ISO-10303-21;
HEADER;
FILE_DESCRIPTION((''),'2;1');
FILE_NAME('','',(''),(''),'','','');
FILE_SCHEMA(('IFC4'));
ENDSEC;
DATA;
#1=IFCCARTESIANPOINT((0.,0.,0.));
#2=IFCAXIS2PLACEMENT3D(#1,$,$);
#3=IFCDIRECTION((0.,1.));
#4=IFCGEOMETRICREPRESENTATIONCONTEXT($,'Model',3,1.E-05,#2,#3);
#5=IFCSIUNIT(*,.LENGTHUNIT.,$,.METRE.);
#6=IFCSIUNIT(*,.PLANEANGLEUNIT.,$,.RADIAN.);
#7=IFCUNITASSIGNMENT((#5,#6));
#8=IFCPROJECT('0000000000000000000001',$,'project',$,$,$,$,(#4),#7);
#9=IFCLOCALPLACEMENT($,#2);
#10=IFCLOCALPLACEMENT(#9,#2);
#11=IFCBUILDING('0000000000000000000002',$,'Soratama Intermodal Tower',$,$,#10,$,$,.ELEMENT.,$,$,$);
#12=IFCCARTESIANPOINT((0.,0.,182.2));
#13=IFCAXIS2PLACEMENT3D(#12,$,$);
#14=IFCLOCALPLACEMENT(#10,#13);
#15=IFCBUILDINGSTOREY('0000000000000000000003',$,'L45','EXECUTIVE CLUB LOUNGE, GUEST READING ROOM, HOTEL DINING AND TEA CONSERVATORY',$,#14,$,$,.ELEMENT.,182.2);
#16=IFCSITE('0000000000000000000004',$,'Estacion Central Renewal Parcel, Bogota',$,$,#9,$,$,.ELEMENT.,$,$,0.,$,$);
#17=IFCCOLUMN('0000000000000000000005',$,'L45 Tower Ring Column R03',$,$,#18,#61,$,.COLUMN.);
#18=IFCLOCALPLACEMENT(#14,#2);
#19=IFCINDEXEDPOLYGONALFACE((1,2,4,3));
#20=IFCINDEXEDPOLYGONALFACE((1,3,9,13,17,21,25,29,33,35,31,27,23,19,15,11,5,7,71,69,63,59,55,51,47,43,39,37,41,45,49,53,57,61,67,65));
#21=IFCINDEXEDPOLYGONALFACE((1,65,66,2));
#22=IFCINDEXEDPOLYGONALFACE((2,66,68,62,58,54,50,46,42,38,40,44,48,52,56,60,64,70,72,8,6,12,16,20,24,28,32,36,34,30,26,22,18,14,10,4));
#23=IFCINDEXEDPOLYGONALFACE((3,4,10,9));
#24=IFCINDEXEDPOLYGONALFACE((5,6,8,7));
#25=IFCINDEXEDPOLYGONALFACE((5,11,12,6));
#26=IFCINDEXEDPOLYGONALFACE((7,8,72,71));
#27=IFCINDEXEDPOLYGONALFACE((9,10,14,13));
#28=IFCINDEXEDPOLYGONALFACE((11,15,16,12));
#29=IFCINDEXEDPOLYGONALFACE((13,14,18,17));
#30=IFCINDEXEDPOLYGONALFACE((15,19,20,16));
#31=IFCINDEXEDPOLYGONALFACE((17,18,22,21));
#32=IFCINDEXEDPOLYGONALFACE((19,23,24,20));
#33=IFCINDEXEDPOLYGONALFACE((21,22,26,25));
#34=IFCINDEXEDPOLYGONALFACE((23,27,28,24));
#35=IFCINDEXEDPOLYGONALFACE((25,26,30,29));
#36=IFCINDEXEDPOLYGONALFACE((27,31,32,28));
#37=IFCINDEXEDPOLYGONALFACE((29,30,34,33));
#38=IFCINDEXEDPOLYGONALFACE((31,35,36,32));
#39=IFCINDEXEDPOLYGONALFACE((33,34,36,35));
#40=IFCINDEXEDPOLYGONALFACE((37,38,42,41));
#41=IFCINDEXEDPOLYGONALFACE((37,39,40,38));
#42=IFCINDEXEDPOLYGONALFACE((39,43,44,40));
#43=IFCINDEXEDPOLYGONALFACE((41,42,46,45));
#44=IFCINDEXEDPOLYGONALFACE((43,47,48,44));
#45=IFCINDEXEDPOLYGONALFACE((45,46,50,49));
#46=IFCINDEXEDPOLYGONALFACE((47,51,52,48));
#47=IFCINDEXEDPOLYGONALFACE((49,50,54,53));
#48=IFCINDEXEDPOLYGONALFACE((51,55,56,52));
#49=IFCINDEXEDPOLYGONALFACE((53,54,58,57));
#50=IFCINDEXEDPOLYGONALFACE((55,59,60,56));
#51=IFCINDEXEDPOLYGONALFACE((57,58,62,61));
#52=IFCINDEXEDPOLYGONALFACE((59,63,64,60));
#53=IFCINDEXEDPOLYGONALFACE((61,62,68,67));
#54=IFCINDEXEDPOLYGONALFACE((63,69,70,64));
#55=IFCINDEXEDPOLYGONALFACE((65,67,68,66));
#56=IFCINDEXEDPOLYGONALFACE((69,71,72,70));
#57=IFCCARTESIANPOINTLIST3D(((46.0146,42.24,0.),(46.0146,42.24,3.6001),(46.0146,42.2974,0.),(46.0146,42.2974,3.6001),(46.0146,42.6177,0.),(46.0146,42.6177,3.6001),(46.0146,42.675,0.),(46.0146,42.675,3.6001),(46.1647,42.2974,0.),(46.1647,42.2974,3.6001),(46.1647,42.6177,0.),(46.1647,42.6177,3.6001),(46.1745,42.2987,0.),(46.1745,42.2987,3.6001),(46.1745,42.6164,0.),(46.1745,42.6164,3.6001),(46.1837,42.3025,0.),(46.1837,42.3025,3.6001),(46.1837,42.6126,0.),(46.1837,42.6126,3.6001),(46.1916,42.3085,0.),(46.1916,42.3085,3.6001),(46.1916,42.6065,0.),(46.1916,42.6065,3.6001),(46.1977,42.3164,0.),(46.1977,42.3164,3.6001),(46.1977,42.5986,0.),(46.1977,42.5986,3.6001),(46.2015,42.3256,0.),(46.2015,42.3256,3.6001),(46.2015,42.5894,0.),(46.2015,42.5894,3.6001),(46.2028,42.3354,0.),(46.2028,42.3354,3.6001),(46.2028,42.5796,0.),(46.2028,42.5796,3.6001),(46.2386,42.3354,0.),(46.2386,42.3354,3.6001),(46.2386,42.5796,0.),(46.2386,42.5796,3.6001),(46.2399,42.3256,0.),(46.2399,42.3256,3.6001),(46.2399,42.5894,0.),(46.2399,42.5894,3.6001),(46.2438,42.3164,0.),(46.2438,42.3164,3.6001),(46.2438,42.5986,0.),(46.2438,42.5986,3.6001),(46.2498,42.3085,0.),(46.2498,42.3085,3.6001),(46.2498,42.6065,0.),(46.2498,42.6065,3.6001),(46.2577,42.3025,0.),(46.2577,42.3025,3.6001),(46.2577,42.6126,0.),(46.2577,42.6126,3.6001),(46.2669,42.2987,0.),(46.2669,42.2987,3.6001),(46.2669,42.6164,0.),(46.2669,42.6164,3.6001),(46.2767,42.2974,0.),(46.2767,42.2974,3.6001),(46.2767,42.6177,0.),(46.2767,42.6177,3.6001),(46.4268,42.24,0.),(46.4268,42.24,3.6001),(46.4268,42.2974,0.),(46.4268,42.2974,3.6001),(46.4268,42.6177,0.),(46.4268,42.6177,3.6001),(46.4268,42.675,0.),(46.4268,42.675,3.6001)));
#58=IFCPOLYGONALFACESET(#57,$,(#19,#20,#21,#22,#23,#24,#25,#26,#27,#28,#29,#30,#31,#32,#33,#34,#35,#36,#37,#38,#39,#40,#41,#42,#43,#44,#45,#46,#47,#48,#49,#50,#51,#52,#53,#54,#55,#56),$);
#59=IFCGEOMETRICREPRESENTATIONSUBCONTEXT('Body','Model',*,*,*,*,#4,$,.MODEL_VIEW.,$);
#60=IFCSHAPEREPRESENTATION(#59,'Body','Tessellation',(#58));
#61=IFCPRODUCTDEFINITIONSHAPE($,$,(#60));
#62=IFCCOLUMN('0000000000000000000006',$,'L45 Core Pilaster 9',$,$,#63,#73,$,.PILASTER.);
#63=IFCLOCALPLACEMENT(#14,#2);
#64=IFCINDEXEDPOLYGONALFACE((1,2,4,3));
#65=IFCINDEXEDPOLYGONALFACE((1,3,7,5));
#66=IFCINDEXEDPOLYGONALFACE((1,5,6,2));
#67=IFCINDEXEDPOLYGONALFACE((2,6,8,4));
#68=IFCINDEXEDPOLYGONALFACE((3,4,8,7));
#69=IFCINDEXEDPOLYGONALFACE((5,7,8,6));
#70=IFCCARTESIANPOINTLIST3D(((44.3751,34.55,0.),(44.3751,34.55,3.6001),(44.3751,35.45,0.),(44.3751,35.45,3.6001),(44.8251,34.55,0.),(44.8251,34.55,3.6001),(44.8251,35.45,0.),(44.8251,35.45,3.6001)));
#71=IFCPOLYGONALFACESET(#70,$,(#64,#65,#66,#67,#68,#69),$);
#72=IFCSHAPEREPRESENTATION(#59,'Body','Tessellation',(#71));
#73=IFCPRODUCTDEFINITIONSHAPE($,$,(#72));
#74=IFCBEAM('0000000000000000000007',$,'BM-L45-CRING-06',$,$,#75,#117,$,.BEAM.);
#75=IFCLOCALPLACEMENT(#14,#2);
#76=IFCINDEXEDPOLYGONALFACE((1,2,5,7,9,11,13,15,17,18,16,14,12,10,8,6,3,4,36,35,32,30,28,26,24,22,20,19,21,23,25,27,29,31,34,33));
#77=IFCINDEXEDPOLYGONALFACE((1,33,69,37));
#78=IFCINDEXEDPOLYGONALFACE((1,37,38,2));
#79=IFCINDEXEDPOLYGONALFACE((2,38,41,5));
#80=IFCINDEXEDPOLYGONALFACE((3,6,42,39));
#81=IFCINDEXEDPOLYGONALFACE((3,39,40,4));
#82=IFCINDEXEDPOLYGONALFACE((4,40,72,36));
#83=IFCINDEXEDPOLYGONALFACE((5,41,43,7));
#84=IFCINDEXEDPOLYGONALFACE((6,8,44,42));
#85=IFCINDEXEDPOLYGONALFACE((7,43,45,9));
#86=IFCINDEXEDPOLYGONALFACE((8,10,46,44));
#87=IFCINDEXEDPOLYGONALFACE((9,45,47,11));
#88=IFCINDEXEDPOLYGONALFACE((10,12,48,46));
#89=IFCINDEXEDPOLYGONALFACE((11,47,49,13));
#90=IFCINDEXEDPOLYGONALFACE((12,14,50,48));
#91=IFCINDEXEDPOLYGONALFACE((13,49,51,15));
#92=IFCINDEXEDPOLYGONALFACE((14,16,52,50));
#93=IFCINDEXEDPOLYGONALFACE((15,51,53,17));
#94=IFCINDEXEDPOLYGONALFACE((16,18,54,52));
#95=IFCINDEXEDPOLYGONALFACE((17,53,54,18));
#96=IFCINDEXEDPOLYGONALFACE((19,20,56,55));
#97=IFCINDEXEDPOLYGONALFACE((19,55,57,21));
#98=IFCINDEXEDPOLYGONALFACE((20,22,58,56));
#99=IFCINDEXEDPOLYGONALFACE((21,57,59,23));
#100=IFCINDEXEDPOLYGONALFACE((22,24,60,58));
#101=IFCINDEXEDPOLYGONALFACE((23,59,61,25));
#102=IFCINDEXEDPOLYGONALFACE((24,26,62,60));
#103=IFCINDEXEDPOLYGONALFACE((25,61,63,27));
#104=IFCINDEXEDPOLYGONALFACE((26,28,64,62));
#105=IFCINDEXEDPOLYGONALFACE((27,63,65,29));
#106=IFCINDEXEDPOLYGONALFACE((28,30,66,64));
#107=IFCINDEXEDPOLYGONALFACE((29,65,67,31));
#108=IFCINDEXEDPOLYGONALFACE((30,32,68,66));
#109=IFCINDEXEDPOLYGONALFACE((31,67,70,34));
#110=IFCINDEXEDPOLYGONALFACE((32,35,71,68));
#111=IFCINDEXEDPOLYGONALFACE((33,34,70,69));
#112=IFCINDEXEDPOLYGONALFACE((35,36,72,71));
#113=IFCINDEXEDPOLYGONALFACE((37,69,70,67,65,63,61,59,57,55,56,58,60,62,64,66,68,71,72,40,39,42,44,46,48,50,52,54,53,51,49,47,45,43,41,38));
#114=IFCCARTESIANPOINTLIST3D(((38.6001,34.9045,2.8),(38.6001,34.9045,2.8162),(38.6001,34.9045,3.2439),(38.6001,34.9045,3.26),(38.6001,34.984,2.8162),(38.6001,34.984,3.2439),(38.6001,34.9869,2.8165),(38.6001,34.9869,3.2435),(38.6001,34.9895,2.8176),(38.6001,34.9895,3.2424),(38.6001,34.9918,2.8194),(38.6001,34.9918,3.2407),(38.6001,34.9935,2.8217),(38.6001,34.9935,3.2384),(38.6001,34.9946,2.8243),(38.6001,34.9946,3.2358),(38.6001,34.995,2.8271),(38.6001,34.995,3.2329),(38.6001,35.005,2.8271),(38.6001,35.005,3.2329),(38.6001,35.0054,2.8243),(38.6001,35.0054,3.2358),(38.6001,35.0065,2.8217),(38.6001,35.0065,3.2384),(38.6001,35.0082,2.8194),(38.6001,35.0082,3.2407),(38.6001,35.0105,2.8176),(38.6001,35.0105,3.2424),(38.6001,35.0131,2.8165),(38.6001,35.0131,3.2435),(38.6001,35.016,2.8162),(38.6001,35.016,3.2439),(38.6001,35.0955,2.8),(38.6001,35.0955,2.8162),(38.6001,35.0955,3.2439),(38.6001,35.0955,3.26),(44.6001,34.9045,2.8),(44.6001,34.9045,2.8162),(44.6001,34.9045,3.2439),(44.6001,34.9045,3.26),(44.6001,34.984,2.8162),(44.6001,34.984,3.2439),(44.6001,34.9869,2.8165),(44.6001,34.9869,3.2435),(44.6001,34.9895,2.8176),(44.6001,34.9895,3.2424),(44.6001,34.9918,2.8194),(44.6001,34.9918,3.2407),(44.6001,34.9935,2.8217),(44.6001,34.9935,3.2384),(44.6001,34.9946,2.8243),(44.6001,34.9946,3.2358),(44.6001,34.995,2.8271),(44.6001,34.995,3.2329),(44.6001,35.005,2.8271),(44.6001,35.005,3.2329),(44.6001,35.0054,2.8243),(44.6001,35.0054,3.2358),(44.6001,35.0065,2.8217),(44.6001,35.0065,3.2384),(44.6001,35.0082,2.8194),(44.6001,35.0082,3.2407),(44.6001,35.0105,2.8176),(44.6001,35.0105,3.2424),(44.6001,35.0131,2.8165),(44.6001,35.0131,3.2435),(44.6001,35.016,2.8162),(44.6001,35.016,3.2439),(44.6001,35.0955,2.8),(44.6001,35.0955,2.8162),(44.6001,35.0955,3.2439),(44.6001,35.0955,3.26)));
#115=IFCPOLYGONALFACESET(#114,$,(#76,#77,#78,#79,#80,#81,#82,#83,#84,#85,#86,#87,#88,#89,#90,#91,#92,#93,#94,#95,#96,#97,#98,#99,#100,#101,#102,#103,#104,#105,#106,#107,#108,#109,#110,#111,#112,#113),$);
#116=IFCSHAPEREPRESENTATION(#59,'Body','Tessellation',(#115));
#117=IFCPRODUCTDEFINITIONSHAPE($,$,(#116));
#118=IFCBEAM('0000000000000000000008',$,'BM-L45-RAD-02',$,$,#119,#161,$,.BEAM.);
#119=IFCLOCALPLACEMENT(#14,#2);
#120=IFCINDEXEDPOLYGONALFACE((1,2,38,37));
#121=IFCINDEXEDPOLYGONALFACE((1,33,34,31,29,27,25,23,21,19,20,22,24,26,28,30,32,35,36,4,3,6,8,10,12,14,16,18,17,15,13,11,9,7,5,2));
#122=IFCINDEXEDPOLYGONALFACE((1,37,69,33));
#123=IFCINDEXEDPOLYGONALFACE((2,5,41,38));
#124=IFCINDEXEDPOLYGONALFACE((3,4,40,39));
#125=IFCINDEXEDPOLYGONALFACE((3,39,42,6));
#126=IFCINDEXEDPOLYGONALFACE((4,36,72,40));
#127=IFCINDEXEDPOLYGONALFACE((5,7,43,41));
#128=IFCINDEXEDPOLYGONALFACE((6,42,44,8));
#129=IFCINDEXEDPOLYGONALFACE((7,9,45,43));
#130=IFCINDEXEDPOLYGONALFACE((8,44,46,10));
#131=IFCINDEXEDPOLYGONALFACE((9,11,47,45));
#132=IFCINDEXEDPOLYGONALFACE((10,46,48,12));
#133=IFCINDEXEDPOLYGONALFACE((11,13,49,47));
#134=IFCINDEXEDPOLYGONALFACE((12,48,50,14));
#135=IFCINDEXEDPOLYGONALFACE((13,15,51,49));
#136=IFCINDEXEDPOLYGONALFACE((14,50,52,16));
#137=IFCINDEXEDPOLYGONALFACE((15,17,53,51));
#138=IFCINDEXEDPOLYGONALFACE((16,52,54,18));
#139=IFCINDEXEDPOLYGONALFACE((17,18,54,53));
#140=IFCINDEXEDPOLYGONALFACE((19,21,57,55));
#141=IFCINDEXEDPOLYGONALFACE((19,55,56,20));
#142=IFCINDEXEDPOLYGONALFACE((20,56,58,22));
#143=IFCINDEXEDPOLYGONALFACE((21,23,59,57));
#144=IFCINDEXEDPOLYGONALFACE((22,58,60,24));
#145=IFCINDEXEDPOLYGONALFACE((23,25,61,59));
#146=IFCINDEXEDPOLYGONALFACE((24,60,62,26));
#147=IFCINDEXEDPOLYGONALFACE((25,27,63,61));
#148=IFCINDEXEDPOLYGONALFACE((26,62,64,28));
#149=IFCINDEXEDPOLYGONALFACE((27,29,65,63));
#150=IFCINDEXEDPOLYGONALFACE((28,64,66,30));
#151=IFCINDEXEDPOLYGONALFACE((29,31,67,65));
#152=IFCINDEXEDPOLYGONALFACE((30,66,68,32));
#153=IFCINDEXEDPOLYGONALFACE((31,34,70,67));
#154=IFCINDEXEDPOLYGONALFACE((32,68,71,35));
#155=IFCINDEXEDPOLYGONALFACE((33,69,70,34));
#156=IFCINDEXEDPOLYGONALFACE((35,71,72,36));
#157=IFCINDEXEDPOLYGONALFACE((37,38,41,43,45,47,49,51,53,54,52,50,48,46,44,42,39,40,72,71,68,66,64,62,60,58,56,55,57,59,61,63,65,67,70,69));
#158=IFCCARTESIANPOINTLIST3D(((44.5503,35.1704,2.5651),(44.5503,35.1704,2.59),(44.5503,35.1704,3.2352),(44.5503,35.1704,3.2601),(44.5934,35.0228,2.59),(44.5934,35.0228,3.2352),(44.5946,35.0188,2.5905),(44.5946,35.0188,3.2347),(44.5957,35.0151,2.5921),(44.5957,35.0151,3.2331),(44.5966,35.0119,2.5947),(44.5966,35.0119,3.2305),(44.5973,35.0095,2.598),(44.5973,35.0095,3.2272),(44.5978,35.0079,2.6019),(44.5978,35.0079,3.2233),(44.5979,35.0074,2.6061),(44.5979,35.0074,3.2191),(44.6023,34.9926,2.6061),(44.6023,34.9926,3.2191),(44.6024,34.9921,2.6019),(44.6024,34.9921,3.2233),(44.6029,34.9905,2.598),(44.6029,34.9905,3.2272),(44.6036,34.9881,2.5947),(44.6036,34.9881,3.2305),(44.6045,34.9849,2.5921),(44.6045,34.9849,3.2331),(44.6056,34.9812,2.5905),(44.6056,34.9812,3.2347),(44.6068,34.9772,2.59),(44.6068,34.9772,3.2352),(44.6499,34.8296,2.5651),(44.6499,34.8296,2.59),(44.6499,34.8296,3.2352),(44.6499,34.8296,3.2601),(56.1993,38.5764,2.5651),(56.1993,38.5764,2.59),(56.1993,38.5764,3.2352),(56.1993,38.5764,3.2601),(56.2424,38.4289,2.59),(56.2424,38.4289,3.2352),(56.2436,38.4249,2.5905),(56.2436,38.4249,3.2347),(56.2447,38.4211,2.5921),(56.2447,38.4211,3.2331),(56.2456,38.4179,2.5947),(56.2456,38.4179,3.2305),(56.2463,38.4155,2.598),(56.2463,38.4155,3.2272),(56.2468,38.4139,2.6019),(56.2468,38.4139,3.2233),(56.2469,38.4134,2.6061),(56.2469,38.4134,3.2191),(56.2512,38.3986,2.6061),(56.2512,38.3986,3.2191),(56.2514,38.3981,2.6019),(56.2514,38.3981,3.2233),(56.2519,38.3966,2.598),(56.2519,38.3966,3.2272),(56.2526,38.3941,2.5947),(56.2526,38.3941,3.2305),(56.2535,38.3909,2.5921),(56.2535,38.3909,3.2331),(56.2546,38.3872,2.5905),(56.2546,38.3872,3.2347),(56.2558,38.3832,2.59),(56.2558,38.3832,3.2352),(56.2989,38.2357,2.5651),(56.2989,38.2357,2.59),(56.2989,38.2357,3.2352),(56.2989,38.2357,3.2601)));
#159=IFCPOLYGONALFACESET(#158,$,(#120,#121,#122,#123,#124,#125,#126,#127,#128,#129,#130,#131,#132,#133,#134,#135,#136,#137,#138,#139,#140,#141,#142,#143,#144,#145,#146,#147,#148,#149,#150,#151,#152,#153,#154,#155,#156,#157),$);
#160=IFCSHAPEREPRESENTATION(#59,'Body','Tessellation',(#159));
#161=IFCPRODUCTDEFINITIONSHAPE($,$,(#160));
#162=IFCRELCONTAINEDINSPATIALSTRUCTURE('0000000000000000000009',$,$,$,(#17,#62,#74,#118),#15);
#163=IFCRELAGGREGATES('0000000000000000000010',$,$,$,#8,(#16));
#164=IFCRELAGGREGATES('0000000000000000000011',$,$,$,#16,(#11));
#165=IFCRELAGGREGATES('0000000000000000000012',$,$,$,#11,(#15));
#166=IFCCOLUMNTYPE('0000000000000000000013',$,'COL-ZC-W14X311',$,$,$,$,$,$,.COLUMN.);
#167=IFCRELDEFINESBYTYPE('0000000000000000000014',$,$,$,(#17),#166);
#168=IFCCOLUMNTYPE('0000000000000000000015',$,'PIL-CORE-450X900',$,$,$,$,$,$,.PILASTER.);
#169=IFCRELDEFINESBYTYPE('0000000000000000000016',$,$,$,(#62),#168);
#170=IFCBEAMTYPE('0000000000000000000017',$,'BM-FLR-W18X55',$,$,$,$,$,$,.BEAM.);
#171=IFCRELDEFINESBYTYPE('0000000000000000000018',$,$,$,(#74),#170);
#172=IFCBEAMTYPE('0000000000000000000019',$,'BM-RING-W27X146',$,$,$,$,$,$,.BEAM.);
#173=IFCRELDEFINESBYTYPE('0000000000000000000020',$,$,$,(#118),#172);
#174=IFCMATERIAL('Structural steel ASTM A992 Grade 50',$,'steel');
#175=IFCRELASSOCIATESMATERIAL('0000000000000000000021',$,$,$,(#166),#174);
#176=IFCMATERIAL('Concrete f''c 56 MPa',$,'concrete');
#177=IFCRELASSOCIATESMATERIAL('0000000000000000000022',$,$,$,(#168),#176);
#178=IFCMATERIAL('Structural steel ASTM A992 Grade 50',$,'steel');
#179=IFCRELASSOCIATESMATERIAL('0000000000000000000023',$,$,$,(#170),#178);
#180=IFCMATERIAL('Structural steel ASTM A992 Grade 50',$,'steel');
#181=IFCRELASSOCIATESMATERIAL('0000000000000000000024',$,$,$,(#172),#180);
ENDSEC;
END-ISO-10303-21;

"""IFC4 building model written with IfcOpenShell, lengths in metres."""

from ifc_helpers import new_model, si_unit, direction, frame, origin, origin_2d, place, context, subcontext, project, spatial, rectangle, i_section, extrude, material, material_profile, profile_set, type_object, element, save


model = new_model("IFC4")

# Units and contexts
model_context = context("Model", 3, precision=1e-05, world=origin(), true_north=direction((0.0, 1.0)))
body_context = subcontext(model_context, "Body", "Model", "MODEL_VIEW")
ifc_project = project(units=[si_unit("LENGTHUNIT", "METRE"), si_unit("PLANEANGLEUNIT", "RADIAN")], contexts=[model_context])

# Site, building, storey
site_placement = place(None, origin())
site = spatial("IfcSite", under=ifc_project, at=site_placement, Name="Estacion Central Renewal Parcel, Bogota", CompositionType="ELEMENT", RefElevation=0.0)
building_placement = place(site_placement, origin())
building = spatial("IfcBuilding", under=site, at=building_placement, Name="Soratama Intermodal Tower", CompositionType="ELEMENT")
storey_placement = place(building_placement, frame((0.0, 0.0, 182.2)))
storey = spatial("IfcBuildingStorey", under=building, at=storey_placement, Name="L45", Description="EXECUTIVE CLUB LOUNGE, GUEST READING ROOM, HOTEL DINING AND TEA CONSERVATORY", CompositionType="ELEMENT", Elevation=182.2)

# Columns
ifc_material_1 = material(Name="Structural steel ASTM A992 Grade 50", Category="steel")
ifc_material_profile_1 = material_profile(ifc_material_1, i_section(OverallWidth=0.4121, OverallDepth=0.4351, WebThickness=0.0359, FlangeThickness=0.0574, FilletRadius=0.0381, at=origin_2d()), Name="W14X311")
ifc_profile_set_1 = profile_set([ifc_material_profile_1], Name="Structural steel ASTM A992 Grade 50")
column_type_1 = type_object("IfcColumnType", Name="COL-ZC-W14X311", PredefinedType="COLUMN", material=ifc_profile_set_1)
column_1_placement = place(storey_placement, frame((46.2207, 42.4575, 0.0), z_axis=(0.0, 0.0, 1.0), x_axis=(1.0, 0.0, 0.0)))
element("IfcColumn", 1, at=column_1_placement, inside=storey, type_object=column_type_1, Name="L45 Tower Ring Column R03", PredefinedType="COLUMN", context=body_context, shape_type="SweptSolid", body=[
    extrude(i_section(OverallWidth=0.4121, OverallDepth=0.4351, WebThickness=0.0359, FlangeThickness=0.0574, FilletRadius=0.0381, at=origin_2d()), origin(), (0.0, 0.0, 1.0), 3.6001),
])
ifc_material_2 = material(Name="Concrete f'c 56 MPa", Category="concrete")
ifc_material_profile_2 = material_profile(ifc_material_2, rectangle(XDim=0.45, YDim=0.8999, at=origin_2d()), Name="RC450X900")
ifc_profile_set_2 = profile_set([ifc_material_profile_2], Name="Concrete f'c 56 MPa")
column_type_2 = type_object("IfcColumnType", Name="PIL-CORE-450X900", PredefinedType="PILASTER", material=ifc_profile_set_2)
column_2_placement = place(storey_placement, frame((44.6001, 35.0, 0.0), z_axis=(0.0, 0.0, 1.0), x_axis=(1.0, 0.0, 0.0)))
element("IfcColumn", 2, at=column_2_placement, inside=storey, type_object=column_type_2, Name="L45 Core Pilaster 9", PredefinedType="PILASTER", context=body_context, shape_type="SweptSolid", body=[
    extrude(rectangle(XDim=0.45, YDim=0.8999, at=origin_2d()), origin(), (0.0, 0.0, 1.0), 3.6001),
])

# Beams
ifc_material_3 = material(Name="Structural steel ASTM A992 Grade 50", Category="steel")
ifc_material_profile_3 = material_profile(ifc_material_3, i_section(OverallWidth=0.1909, OverallDepth=0.46, WebThickness=0.01, FlangeThickness=0.0161, FilletRadius=0.011, at=origin_2d()), Name="W18X55")
ifc_profile_set_3 = profile_set([ifc_material_profile_3], Name="Structural steel ASTM A992 Grade 50")
beam_type_1 = type_object("IfcBeamType", Name="BM-FLR-W18X55", PredefinedType="BEAM", material=ifc_profile_set_3)
beam_1_placement = place(storey_placement, frame((44.6001, 35.0, 3.03), z_axis=(-1.0, 0.0, 0.0), x_axis=(0.0, -1.0, 0.0)))
element("IfcBeam", 3, at=beam_1_placement, inside=storey, type_object=beam_type_1, Name="BM-L45-CRING-06", PredefinedType="BEAM", context=body_context, shape_type="SweptSolid", body=[
    extrude(i_section(OverallWidth=0.1909, OverallDepth=0.46, WebThickness=0.01, FlangeThickness=0.0161, FilletRadius=0.011, at=origin_2d()), origin(), (0.0, 0.0, 1.0), 6.0),
])
ifc_material_4 = material(Name="Structural steel ASTM A992 Grade 50", Category="steel")
ifc_material_profile_4 = material_profile(ifc_material_4, i_section(OverallWidth=0.355, OverallDepth=0.6951, WebThickness=0.0154, FlangeThickness=0.0249, FilletRadius=0.0161, at=origin_2d()), Name="W27X146")
ifc_profile_set_4 = profile_set([ifc_material_profile_4], Name="Structural steel ASTM A992 Grade 50")
beam_type_2 = type_object("IfcBeamType", Name="BM-RING-W27X146", PredefinedType="BEAM", material=ifc_profile_set_4)
beam_2_placement = place(storey_placement, frame((44.6001, 35.0, 2.9126), z_axis=(0.959814, 0.280638, 0.0), x_axis=(-0.280638, 0.959814, 0.0)))
element("IfcBeam", 4, at=beam_2_placement, inside=storey, type_object=beam_type_2, Name="BM-L45-RAD-02", PredefinedType="BEAM", context=body_context, shape_type="SweptSolid", body=[
    extrude(i_section(OverallWidth=0.355, OverallDepth=0.6951, WebThickness=0.0154, FlangeThickness=0.0249, FilletRadius=0.0161, at=origin_2d()), origin(), (0.0, 0.0, 1.0), 12.1367),
])

save(model, "model.ifc")
